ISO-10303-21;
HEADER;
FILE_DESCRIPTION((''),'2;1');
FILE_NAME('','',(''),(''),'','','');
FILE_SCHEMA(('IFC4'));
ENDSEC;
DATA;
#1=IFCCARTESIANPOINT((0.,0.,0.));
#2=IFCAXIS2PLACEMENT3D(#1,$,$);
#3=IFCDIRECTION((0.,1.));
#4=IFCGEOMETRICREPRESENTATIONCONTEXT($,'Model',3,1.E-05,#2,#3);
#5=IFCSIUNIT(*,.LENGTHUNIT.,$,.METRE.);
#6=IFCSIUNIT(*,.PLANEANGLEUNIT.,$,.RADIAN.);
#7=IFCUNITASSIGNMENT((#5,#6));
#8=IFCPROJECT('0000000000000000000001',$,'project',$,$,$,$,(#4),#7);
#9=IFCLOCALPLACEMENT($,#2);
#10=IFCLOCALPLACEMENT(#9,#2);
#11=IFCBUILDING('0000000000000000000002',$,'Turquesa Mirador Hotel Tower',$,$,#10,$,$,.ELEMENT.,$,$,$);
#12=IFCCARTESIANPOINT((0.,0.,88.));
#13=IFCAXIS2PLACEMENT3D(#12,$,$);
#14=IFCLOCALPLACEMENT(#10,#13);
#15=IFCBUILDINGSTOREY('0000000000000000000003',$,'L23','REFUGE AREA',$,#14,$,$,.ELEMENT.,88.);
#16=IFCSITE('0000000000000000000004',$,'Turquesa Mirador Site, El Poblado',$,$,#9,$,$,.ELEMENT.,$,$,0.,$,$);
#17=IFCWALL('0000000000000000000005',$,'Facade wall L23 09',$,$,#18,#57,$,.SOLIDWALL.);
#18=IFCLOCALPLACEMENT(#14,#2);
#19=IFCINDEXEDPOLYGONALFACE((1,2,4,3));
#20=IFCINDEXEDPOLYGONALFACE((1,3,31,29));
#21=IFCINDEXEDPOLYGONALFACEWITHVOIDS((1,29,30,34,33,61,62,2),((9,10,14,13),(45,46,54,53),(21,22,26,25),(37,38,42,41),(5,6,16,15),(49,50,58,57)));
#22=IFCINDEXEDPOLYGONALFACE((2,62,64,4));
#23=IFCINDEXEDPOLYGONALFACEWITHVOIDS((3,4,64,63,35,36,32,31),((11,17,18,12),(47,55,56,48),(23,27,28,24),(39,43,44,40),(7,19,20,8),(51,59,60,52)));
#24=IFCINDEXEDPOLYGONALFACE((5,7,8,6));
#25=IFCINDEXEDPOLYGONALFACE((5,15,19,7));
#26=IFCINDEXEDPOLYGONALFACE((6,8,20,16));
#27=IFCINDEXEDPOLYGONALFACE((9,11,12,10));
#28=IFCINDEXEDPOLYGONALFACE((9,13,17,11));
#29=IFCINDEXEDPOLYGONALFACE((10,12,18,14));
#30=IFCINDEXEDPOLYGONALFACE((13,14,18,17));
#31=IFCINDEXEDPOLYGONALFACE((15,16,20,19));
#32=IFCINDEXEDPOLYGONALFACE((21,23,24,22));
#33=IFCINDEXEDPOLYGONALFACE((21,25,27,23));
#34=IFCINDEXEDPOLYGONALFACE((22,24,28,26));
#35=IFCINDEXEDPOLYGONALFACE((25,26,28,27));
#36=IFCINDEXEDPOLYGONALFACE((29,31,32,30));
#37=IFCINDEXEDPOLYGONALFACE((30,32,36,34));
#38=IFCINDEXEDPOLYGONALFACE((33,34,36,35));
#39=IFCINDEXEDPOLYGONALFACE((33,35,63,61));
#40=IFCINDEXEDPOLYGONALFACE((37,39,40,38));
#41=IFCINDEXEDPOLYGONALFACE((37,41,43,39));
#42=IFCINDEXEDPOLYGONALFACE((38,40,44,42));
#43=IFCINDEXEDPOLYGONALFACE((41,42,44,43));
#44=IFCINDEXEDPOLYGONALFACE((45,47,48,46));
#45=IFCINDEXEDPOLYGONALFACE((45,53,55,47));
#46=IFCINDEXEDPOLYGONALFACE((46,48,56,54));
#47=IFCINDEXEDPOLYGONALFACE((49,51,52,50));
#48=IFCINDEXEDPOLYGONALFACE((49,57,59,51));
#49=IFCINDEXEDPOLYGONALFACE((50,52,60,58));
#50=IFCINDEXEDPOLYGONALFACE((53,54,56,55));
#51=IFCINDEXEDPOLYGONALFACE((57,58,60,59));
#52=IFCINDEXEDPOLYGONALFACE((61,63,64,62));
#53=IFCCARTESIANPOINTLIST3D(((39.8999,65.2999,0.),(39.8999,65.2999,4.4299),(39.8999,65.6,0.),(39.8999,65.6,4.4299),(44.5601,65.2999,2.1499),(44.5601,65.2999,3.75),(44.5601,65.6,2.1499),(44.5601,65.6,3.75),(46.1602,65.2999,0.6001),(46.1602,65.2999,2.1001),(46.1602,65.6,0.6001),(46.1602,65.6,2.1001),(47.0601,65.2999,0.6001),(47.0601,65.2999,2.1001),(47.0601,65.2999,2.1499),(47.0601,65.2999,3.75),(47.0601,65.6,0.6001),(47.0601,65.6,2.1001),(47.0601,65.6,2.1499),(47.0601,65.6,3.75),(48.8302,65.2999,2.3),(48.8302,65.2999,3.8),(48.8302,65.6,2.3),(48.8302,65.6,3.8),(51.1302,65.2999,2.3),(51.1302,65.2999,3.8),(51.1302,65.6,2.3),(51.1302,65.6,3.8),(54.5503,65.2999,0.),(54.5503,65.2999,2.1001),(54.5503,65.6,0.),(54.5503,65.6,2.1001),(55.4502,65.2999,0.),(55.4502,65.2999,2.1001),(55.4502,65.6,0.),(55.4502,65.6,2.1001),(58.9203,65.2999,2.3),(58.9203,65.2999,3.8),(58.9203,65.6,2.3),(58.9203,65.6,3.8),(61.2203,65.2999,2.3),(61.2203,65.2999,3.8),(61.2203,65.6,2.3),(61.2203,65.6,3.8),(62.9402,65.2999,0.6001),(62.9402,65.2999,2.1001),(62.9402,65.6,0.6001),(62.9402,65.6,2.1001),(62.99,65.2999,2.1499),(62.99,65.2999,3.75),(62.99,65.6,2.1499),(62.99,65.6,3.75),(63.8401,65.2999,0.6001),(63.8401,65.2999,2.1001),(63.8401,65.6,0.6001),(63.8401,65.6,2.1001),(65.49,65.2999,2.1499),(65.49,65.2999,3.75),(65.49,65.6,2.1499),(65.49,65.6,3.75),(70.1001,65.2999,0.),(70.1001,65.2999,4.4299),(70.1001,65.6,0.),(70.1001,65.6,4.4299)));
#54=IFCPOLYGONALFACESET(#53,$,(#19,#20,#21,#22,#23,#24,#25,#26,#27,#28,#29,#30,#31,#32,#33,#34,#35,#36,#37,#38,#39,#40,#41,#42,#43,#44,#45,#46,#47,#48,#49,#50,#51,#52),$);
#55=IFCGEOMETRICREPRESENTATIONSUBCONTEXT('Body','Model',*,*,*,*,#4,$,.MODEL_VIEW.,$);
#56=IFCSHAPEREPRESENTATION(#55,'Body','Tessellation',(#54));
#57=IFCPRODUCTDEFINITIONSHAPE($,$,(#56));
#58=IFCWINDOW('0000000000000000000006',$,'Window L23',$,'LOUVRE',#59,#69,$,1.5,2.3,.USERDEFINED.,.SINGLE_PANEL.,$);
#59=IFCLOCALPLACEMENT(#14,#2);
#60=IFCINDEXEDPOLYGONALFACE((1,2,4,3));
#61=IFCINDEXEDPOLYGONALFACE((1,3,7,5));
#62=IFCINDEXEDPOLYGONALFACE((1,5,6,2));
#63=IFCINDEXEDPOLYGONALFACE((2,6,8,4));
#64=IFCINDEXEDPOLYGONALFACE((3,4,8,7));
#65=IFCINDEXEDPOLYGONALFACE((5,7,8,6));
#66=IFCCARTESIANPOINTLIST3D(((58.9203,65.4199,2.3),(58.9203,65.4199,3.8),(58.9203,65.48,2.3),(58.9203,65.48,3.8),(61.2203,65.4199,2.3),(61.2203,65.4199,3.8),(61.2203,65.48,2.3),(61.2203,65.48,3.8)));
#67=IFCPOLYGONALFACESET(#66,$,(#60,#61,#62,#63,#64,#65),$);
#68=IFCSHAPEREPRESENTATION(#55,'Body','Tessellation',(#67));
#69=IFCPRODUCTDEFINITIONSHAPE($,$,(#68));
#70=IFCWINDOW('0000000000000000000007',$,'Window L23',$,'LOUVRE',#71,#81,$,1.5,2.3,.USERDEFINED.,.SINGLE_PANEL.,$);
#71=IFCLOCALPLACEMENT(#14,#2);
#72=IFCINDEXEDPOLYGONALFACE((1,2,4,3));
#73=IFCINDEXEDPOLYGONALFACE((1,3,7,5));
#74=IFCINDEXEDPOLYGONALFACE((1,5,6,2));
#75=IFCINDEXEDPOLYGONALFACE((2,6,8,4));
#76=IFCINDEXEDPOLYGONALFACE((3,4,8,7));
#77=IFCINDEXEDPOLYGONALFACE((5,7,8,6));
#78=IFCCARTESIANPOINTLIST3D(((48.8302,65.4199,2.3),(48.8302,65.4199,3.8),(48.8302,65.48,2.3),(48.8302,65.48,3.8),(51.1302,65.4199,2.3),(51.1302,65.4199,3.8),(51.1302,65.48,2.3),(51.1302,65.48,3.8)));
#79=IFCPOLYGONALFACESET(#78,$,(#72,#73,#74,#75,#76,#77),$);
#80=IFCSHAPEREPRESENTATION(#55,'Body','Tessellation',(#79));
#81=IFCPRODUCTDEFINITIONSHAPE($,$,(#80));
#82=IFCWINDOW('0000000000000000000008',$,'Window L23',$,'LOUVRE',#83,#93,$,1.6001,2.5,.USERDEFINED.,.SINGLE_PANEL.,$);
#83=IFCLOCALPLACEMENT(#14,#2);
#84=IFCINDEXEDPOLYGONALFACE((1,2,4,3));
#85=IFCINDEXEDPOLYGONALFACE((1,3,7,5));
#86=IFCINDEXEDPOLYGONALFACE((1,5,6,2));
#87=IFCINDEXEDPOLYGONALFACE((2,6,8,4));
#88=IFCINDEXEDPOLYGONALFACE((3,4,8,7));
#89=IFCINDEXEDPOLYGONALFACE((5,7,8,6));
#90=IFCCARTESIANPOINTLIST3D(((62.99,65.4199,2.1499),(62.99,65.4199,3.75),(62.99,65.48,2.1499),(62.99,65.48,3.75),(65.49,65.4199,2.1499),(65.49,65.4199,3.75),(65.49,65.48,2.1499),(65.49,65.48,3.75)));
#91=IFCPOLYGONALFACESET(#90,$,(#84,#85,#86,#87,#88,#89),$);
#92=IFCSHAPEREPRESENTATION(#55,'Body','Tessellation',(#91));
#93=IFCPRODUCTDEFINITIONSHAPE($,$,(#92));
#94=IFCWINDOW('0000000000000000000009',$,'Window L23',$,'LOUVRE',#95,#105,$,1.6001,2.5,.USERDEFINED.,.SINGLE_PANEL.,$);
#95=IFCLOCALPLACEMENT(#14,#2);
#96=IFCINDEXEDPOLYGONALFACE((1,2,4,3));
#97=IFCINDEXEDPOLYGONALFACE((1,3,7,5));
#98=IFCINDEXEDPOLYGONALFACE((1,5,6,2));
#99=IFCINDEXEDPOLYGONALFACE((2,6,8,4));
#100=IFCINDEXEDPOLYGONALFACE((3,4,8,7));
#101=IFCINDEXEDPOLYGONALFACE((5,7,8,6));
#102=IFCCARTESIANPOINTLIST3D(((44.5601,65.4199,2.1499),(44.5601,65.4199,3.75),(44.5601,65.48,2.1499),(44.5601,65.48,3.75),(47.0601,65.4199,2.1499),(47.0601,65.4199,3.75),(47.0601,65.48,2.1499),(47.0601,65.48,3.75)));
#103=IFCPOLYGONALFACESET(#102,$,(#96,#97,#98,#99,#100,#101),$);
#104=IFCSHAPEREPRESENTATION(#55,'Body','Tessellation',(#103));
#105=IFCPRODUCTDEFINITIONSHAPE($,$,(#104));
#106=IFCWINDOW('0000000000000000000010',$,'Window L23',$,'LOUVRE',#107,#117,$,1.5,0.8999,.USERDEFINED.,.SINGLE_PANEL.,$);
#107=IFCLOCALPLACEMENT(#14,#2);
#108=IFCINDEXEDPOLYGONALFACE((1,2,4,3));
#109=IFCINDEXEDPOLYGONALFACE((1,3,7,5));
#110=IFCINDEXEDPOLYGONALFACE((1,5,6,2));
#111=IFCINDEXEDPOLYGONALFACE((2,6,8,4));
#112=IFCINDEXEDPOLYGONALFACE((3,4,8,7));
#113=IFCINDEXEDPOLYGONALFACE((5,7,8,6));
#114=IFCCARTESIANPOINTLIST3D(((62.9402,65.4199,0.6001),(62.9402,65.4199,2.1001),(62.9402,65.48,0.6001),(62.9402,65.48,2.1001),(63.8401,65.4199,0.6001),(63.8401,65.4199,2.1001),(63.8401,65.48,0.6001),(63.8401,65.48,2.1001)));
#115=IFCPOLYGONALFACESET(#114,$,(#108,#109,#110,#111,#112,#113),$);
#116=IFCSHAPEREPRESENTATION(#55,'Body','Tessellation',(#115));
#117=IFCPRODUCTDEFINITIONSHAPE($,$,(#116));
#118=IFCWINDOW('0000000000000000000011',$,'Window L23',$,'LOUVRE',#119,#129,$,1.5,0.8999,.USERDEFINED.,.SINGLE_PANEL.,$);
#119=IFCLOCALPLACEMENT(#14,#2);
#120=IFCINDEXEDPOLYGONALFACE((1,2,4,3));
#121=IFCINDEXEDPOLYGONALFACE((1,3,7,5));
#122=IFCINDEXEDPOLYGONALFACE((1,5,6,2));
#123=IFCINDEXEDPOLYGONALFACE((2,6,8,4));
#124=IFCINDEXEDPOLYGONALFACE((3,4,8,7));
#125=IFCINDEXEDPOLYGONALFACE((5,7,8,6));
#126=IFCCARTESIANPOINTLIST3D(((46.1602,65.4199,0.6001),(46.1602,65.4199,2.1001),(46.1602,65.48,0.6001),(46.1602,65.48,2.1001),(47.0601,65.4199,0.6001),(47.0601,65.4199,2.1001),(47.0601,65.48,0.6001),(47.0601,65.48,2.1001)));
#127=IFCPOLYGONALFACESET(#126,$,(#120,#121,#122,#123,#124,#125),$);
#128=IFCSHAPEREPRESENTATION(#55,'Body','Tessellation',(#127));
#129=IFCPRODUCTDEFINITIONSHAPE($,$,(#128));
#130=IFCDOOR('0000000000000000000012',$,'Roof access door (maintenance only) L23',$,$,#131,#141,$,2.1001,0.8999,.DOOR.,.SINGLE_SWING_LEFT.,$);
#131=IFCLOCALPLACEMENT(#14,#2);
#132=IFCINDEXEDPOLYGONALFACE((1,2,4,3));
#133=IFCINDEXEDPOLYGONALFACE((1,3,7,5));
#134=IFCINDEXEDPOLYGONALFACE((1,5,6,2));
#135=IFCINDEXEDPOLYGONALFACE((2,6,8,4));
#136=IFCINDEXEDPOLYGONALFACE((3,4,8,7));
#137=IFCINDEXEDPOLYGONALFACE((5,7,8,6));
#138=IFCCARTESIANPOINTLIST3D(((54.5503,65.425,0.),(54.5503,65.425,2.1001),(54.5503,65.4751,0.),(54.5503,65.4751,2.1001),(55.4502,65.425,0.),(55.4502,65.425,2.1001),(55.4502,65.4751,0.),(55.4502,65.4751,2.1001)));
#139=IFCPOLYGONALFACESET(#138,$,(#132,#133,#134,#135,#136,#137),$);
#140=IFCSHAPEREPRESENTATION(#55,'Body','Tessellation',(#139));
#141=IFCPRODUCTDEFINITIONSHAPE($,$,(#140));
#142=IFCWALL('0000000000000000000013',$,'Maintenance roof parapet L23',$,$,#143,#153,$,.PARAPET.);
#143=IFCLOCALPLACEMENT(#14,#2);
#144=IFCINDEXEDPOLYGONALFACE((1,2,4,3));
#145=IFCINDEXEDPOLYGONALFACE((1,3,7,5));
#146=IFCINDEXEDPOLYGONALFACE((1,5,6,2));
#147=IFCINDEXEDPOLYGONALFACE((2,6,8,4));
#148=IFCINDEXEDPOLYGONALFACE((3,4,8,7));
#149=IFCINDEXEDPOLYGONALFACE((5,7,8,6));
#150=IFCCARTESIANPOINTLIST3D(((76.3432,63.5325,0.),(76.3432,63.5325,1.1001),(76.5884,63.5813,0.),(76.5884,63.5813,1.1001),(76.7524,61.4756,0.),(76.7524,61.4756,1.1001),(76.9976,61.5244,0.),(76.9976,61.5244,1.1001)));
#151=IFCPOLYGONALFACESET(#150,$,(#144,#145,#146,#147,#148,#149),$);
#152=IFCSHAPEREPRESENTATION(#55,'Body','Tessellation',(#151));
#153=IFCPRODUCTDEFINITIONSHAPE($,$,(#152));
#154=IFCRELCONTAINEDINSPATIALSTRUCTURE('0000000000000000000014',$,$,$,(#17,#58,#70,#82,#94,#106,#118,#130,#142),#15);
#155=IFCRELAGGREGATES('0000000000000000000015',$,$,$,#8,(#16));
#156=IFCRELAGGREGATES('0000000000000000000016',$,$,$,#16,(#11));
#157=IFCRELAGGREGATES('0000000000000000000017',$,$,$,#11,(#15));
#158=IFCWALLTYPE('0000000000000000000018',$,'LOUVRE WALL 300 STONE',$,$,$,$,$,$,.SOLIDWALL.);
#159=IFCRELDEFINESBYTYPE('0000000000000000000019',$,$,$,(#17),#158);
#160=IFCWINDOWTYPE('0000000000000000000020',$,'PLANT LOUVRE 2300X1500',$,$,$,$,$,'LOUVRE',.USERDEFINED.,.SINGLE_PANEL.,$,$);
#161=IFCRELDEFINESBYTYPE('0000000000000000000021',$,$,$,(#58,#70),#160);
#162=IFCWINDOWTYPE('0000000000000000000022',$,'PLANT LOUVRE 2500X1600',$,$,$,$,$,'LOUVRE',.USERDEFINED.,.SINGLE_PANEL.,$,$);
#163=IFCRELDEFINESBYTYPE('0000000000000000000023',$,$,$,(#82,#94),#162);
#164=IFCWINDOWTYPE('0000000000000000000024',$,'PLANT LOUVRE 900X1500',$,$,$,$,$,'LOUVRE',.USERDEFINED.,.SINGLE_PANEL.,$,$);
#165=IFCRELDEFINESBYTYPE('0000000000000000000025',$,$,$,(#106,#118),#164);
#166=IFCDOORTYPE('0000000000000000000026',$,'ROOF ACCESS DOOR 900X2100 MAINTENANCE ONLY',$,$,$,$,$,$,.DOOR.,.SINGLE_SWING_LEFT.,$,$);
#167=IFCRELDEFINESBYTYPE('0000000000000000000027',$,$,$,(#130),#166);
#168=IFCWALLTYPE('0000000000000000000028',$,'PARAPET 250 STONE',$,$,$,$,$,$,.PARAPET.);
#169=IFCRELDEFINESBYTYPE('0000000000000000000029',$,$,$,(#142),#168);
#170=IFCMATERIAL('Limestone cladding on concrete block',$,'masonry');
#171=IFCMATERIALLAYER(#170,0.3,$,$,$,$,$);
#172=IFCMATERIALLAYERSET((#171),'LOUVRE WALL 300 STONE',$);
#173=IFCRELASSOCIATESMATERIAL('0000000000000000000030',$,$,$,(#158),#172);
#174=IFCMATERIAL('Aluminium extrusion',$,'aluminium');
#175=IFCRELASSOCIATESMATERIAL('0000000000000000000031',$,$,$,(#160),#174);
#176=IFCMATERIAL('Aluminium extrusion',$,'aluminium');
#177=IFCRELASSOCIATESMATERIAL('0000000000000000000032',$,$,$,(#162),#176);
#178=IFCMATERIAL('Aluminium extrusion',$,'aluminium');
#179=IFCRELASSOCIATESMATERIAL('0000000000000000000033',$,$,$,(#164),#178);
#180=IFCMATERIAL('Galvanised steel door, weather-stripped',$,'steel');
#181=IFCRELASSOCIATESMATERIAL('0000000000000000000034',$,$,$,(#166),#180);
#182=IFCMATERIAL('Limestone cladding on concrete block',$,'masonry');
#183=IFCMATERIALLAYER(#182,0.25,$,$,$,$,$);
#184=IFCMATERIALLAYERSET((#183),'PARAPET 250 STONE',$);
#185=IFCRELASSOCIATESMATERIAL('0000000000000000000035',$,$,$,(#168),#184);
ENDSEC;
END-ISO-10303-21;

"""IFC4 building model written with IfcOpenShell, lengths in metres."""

from ifc_helpers import new_model, si_unit, direction, frame, frame_2d, origin, place, context, subcontext, project, spatial, rectangle, extrude, material, layer, layer_set, type_object, element, fill, save


model = new_model("IFC4")

# Units and contexts
model_context = context("Model", 3, precision=1e-05, world=origin(), true_north=direction((0.0, 1.0)))
body_context = subcontext(model_context, "Body", "Model", "MODEL_VIEW")
ifc_project = project(units=[si_unit("LENGTHUNIT", "METRE"), si_unit("PLANEANGLEUNIT", "RADIAN")], contexts=[model_context])

# Site, building, storey
site_placement = place(None, origin())
site = spatial("IfcSite", under=ifc_project, at=site_placement, Name="Turquesa Mirador Site, El Poblado", CompositionType="ELEMENT", RefElevation=0.0)
building_placement = place(site_placement, origin())
building = spatial("IfcBuilding", under=site, at=building_placement, Name="Turquesa Mirador Hotel Tower", CompositionType="ELEMENT")
storey_placement = place(building_placement, frame((0.0, 0.0, 88.0)))
storey = spatial("IfcBuildingStorey", under=building, at=storey_placement, Name="L23", Description="REFUGE AREA", CompositionType="ELEMENT", Elevation=88.0)

# Shared definitions
ifc_material_1 = material(Name="Limestone cladding on concrete block", Category="masonry")
ifc_layer_1 = layer(ifc_material_1, 0.3)
ifc_layer_set_1 = layer_set([ifc_layer_1], Name="LOUVRE WALL 300 STONE")
wall_type_1 = type_object("IfcWallType", Name="LOUVRE WALL 300 STONE", PredefinedType="SOLIDWALL", material=ifc_layer_set_1)

# Wall, openings, windows, door
wall_1_placement = place(storey_placement, frame((70.1001, 65.45, 0.0), z_axis=(0.0, 0.0, 1.0), x_axis=(-1.0, 0.0, 0.0)))
wall_1 = element("IfcWall", 1, at=wall_1_placement, inside=storey, type_object=wall_type_1, Name="Facade wall L23 09", PredefinedType="SOLIDWALL", context=body_context, shape_type="SweptSolid", body=[
    extrude(rectangle(XDim=30.2002, YDim=0.3, at=frame_2d((15.1001, 0.0))), origin(), (0.0, 0.0, 1.0), 4.4299),
])
opening_1_placement = place(wall_1_placement, frame((4.6101, 0.0, 2.1499)))
opening_1 = element("IfcOpeningElement", 2, at=opening_1_placement, cuts=wall_1, PredefinedType="OPENING", context=body_context, shape_type="SweptSolid", body=[
    extrude(rectangle(XDim=2.5, YDim=1.6001, at=frame_2d((1.25, 0.8))), frame((0.0, 0.1599, 0.0), z_axis=(0.0, -1.0, 0.0), x_axis=(1.0, 0.0, 0.0)), (0.0, 0.0, 1.0), 0.3201),
])
opening_2_placement = place(wall_1_placement, frame((8.8799, 0.0, 2.3)))
opening_2 = element("IfcOpeningElement", 3, at=opening_2_placement, cuts=wall_1, PredefinedType="OPENING", context=body_context, shape_type="SweptSolid", body=[
    extrude(rectangle(XDim=2.3, YDim=1.5, at=frame_2d((1.1499, 0.75))), frame((0.0, 0.1599, 0.0), z_axis=(0.0, -1.0, 0.0), x_axis=(1.0, 0.0, 0.0)), (0.0, 0.0, 1.0), 0.3201),
])
opening_3_placement = place(wall_1_placement, frame((14.6499, 0.0, 0.0)))
opening_3 = element("IfcOpeningElement", 4, at=opening_3_placement, cuts=wall_1, PredefinedType="OPENING", context=body_context, shape_type="SweptSolid", body=[
    extrude(rectangle(XDim=0.8999, YDim=2.1001, at=frame_2d((0.45, 1.05))), frame((0.0, 0.1599, 0.0), z_axis=(0.0, -1.0, 0.0), x_axis=(1.0, 0.0, 0.0)), (0.0, 0.0, 1.0), 0.3201),
])
opening_4_placement = place(wall_1_placement, frame((18.97, 0.0, 2.3)))
opening_4 = element("IfcOpeningElement", 5, at=opening_4_placement, cuts=wall_1, PredefinedType="OPENING", context=body_context, shape_type="SweptSolid", body=[
    extrude(rectangle(XDim=2.3, YDim=1.5, at=frame_2d((1.1499, 0.75))), frame((0.0, 0.1599, 0.0), z_axis=(0.0, -1.0, 0.0), x_axis=(1.0, 0.0, 0.0)), (0.0, 0.0, 1.0), 0.3201),
])
opening_5_placement = place(wall_1_placement, frame((23.04, 0.0, 2.1499)))
opening_5 = element("IfcOpeningElement", 6, at=opening_5_placement, cuts=wall_1, PredefinedType="OPENING", context=body_context, shape_type="SweptSolid", body=[
    extrude(rectangle(XDim=2.5, YDim=1.6001, at=frame_2d((1.25, 0.8))), frame((0.0, 0.1599, 0.0), z_axis=(0.0, -1.0, 0.0), x_axis=(1.0, 0.0, 0.0)), (0.0, 0.0, 1.0), 0.3201),
])
opening_6_placement = place(wall_1_placement, frame((6.26, 0.0, 0.6001)))
opening_6 = element("IfcOpeningElement", 7, at=opening_6_placement, cuts=wall_1, PredefinedType="OPENING", context=body_context, shape_type="SweptSolid", body=[
    extrude(rectangle(XDim=0.8999, YDim=1.5, at=frame_2d((0.45, 0.75))), frame((0.0, 0.1599, 0.0), z_axis=(0.0, -1.0, 0.0), x_axis=(1.0, 0.0, 0.0)), (0.0, 0.0, 1.0), 0.3201),
])
opening_7_placement = place(wall_1_placement, frame((23.04, 0.0, 0.6001)))
opening_7 = element("IfcOpeningElement", 8, at=opening_7_placement, cuts=wall_1, PredefinedType="OPENING", context=body_context, shape_type="SweptSolid", body=[
    extrude(rectangle(XDim=0.8999, YDim=1.5, at=frame_2d((0.45, 0.75))), frame((0.0, 0.1599, 0.0), z_axis=(0.0, -1.0, 0.0), x_axis=(1.0, 0.0, 0.0)), (0.0, 0.0, 1.0), 0.3201),
])
ifc_material_2 = material(Name="Aluminium extrusion", Category="aluminium")
window_type_1 = type_object("IfcWindowType", Name="PLANT LOUVRE 2300X1500", ElementType="LOUVRE", PartitioningType="SINGLE_PANEL", PredefinedType="USERDEFINED", material=ifc_material_2)
window_1_placement = place(opening_2_placement, origin())
window_1 = element("IfcWindow", 9, at=window_1_placement, inside=storey, type_object=window_type_1, Name="Window L23", ObjectType="LOUVRE", OverallHeight=1.5, OverallWidth=2.3, PartitioningType="SINGLE_PANEL", PredefinedType="USERDEFINED", context=body_context, shape_type="SweptSolid", body=[
    extrude(rectangle(XDim=2.3, YDim=1.5, at=frame_2d((1.1499, 0.75))), frame((0.0, 0.03, 0.0), z_axis=(0.0, -1.0, 0.0), x_axis=(1.0, 0.0, 0.0)), (0.0, 0.0, 1.0), 0.0601),
])
fill(opening_2, window_1)
window_2_placement = place(opening_4_placement, origin())
window_2 = element("IfcWindow", 10, at=window_2_placement, inside=storey, type_object=window_type_1, Name="Window L23", ObjectType="LOUVRE", OverallHeight=1.5, OverallWidth=2.3, PartitioningType="SINGLE_PANEL", PredefinedType="USERDEFINED", context=body_context, shape_type="SweptSolid", body=[
    extrude(rectangle(XDim=2.3, YDim=1.5, at=frame_2d((1.1499, 0.75))), frame((0.0, 0.03, 0.0), z_axis=(0.0, -1.0, 0.0), x_axis=(1.0, 0.0, 0.0)), (0.0, 0.0, 1.0), 0.0601),
])
fill(opening_4, window_2)
ifc_material_3 = material(Name="Aluminium extrusion", Category="aluminium")
window_type_2 = type_object("IfcWindowType", Name="PLANT LOUVRE 2500X1600", ElementType="LOUVRE", PartitioningType="SINGLE_PANEL", PredefinedType="USERDEFINED", material=ifc_material_3)
window_3_placement = place(opening_1_placement, origin())
window_3 = element("IfcWindow", 11, at=window_3_placement, inside=storey, type_object=window_type_2, Name="Window L23", ObjectType="LOUVRE", OverallHeight=1.6001, OverallWidth=2.5, PartitioningType="SINGLE_PANEL", PredefinedType="USERDEFINED", context=body_context, shape_type="SweptSolid", body=[
    extrude(rectangle(XDim=2.5, YDim=1.6001, at=frame_2d((1.25, 0.8))), frame((0.0, 0.03, 0.0), z_axis=(0.0, -1.0, 0.0), x_axis=(1.0, 0.0, 0.0)), (0.0, 0.0, 1.0), 0.0601),
])
fill(opening_1, window_3)
window_4_placement = place(opening_5_placement, origin())
window_4 = element("IfcWindow", 12, at=window_4_placement, inside=storey, type_object=window_type_2, Name="Window L23", ObjectType="LOUVRE", OverallHeight=1.6001, OverallWidth=2.5, PartitioningType="SINGLE_PANEL", PredefinedType="USERDEFINED", context=body_context, shape_type="SweptSolid", body=[
    extrude(rectangle(XDim=2.5, YDim=1.6001, at=frame_2d((1.25, 0.8))), frame((0.0, 0.03, 0.0), z_axis=(0.0, -1.0, 0.0), x_axis=(1.0, 0.0, 0.0)), (0.0, 0.0, 1.0), 0.0601),
])
fill(opening_5, window_4)
ifc_material_4 = material(Name="Aluminium extrusion", Category="aluminium")
window_type_3 = type_object("IfcWindowType", Name="PLANT LOUVRE 900X1500", ElementType="LOUVRE", PartitioningType="SINGLE_PANEL", PredefinedType="USERDEFINED", material=ifc_material_4)
window_5_placement = place(opening_6_placement, origin())
window_5 = element("IfcWindow", 13, at=window_5_placement, inside=storey, type_object=window_type_3, Name="Window L23", ObjectType="LOUVRE", OverallHeight=1.5, OverallWidth=0.8999, PartitioningType="SINGLE_PANEL", PredefinedType="USERDEFINED", context=body_context, shape_type="SweptSolid", body=[
    extrude(rectangle(XDim=0.8999, YDim=1.5, at=frame_2d((0.45, 0.75))), frame((0.0, 0.03, 0.0), z_axis=(0.0, -1.0, 0.0), x_axis=(1.0, 0.0, 0.0)), (0.0, 0.0, 1.0), 0.0601),
])
fill(opening_6, window_5)
window_6_placement = place(opening_7_placement, origin())
window_6 = element("IfcWindow", 14, at=window_6_placement, inside=storey, type_object=window_type_3, Name="Window L23", ObjectType="LOUVRE", OverallHeight=1.5, OverallWidth=0.8999, PartitioningType="SINGLE_PANEL", PredefinedType="USERDEFINED", context=body_context, shape_type="SweptSolid", body=[
    extrude(rectangle(XDim=0.8999, YDim=1.5, at=frame_2d((0.45, 0.75))), frame((0.0, 0.03, 0.0), z_axis=(0.0, -1.0, 0.0), x_axis=(1.0, 0.0, 0.0)), (0.0, 0.0, 1.0), 0.0601),
])
fill(opening_7, window_6)
ifc_material_5 = material(Name="Galvanised steel door, weather-stripped", Category="steel")
door_type = type_object("IfcDoorType", Name="ROOF ACCESS DOOR 900X2100 MAINTENANCE ONLY", OperationType="SINGLE_SWING_LEFT", PredefinedType="DOOR", material=ifc_material_5)
door_placement = place(opening_3_placement, origin())
door = element("IfcDoor", 15, at=door_placement, inside=storey, type_object=door_type, Name="Roof access door (maintenance only) L23", OperationType="SINGLE_SWING_LEFT", OverallHeight=2.1001, OverallWidth=0.8999, PredefinedType="DOOR", context=body_context, shape_type="SweptSolid", body=[
    extrude(rectangle(XDim=0.8999, YDim=2.1001, at=frame_2d((0.45, 1.05))), frame((0.0, 0.0249, 0.0), z_axis=(0.0, -1.0, 0.0), x_axis=(1.0, 0.0, 0.0)), (0.0, 0.0, 1.0), 0.05),
])
fill(opening_3, door)

# Wall
ifc_material_6 = material(Name="Limestone cladding on concrete block", Category="masonry")
ifc_layer_2 = layer(ifc_material_6, 0.25)
ifc_layer_set_2 = layer_set([ifc_layer_2], Name="PARAPET 250 STONE")
wall_type_2 = type_object("IfcWallType", Name="PARAPET 250 STONE", PredefinedType="PARAPET", material=ifc_layer_set_2)
for number, where, z_axis, x_axis, name in (
    (16, (76.875, 61.5, 0.0), (0.0, 0.0, 1.0), (-0.195109, 0.980782, 0.0), "Maintenance roof parapet L23"),
):
    element("IfcWall", number, at=place(storey_placement, frame(where, z_axis=z_axis, x_axis=x_axis)), inside=storey, type_object=wall_type_2, Name=name, PredefinedType="PARAPET", context=body_context, shape_type="SweptSolid", body=[
        extrude(rectangle(XDim=2.0972, YDim=0.25, at=frame_2d((1.0486, 0.0))), origin(), (0.0, 0.0, 1.0), 1.1001),
    ])

save(model, "model.ifc")
